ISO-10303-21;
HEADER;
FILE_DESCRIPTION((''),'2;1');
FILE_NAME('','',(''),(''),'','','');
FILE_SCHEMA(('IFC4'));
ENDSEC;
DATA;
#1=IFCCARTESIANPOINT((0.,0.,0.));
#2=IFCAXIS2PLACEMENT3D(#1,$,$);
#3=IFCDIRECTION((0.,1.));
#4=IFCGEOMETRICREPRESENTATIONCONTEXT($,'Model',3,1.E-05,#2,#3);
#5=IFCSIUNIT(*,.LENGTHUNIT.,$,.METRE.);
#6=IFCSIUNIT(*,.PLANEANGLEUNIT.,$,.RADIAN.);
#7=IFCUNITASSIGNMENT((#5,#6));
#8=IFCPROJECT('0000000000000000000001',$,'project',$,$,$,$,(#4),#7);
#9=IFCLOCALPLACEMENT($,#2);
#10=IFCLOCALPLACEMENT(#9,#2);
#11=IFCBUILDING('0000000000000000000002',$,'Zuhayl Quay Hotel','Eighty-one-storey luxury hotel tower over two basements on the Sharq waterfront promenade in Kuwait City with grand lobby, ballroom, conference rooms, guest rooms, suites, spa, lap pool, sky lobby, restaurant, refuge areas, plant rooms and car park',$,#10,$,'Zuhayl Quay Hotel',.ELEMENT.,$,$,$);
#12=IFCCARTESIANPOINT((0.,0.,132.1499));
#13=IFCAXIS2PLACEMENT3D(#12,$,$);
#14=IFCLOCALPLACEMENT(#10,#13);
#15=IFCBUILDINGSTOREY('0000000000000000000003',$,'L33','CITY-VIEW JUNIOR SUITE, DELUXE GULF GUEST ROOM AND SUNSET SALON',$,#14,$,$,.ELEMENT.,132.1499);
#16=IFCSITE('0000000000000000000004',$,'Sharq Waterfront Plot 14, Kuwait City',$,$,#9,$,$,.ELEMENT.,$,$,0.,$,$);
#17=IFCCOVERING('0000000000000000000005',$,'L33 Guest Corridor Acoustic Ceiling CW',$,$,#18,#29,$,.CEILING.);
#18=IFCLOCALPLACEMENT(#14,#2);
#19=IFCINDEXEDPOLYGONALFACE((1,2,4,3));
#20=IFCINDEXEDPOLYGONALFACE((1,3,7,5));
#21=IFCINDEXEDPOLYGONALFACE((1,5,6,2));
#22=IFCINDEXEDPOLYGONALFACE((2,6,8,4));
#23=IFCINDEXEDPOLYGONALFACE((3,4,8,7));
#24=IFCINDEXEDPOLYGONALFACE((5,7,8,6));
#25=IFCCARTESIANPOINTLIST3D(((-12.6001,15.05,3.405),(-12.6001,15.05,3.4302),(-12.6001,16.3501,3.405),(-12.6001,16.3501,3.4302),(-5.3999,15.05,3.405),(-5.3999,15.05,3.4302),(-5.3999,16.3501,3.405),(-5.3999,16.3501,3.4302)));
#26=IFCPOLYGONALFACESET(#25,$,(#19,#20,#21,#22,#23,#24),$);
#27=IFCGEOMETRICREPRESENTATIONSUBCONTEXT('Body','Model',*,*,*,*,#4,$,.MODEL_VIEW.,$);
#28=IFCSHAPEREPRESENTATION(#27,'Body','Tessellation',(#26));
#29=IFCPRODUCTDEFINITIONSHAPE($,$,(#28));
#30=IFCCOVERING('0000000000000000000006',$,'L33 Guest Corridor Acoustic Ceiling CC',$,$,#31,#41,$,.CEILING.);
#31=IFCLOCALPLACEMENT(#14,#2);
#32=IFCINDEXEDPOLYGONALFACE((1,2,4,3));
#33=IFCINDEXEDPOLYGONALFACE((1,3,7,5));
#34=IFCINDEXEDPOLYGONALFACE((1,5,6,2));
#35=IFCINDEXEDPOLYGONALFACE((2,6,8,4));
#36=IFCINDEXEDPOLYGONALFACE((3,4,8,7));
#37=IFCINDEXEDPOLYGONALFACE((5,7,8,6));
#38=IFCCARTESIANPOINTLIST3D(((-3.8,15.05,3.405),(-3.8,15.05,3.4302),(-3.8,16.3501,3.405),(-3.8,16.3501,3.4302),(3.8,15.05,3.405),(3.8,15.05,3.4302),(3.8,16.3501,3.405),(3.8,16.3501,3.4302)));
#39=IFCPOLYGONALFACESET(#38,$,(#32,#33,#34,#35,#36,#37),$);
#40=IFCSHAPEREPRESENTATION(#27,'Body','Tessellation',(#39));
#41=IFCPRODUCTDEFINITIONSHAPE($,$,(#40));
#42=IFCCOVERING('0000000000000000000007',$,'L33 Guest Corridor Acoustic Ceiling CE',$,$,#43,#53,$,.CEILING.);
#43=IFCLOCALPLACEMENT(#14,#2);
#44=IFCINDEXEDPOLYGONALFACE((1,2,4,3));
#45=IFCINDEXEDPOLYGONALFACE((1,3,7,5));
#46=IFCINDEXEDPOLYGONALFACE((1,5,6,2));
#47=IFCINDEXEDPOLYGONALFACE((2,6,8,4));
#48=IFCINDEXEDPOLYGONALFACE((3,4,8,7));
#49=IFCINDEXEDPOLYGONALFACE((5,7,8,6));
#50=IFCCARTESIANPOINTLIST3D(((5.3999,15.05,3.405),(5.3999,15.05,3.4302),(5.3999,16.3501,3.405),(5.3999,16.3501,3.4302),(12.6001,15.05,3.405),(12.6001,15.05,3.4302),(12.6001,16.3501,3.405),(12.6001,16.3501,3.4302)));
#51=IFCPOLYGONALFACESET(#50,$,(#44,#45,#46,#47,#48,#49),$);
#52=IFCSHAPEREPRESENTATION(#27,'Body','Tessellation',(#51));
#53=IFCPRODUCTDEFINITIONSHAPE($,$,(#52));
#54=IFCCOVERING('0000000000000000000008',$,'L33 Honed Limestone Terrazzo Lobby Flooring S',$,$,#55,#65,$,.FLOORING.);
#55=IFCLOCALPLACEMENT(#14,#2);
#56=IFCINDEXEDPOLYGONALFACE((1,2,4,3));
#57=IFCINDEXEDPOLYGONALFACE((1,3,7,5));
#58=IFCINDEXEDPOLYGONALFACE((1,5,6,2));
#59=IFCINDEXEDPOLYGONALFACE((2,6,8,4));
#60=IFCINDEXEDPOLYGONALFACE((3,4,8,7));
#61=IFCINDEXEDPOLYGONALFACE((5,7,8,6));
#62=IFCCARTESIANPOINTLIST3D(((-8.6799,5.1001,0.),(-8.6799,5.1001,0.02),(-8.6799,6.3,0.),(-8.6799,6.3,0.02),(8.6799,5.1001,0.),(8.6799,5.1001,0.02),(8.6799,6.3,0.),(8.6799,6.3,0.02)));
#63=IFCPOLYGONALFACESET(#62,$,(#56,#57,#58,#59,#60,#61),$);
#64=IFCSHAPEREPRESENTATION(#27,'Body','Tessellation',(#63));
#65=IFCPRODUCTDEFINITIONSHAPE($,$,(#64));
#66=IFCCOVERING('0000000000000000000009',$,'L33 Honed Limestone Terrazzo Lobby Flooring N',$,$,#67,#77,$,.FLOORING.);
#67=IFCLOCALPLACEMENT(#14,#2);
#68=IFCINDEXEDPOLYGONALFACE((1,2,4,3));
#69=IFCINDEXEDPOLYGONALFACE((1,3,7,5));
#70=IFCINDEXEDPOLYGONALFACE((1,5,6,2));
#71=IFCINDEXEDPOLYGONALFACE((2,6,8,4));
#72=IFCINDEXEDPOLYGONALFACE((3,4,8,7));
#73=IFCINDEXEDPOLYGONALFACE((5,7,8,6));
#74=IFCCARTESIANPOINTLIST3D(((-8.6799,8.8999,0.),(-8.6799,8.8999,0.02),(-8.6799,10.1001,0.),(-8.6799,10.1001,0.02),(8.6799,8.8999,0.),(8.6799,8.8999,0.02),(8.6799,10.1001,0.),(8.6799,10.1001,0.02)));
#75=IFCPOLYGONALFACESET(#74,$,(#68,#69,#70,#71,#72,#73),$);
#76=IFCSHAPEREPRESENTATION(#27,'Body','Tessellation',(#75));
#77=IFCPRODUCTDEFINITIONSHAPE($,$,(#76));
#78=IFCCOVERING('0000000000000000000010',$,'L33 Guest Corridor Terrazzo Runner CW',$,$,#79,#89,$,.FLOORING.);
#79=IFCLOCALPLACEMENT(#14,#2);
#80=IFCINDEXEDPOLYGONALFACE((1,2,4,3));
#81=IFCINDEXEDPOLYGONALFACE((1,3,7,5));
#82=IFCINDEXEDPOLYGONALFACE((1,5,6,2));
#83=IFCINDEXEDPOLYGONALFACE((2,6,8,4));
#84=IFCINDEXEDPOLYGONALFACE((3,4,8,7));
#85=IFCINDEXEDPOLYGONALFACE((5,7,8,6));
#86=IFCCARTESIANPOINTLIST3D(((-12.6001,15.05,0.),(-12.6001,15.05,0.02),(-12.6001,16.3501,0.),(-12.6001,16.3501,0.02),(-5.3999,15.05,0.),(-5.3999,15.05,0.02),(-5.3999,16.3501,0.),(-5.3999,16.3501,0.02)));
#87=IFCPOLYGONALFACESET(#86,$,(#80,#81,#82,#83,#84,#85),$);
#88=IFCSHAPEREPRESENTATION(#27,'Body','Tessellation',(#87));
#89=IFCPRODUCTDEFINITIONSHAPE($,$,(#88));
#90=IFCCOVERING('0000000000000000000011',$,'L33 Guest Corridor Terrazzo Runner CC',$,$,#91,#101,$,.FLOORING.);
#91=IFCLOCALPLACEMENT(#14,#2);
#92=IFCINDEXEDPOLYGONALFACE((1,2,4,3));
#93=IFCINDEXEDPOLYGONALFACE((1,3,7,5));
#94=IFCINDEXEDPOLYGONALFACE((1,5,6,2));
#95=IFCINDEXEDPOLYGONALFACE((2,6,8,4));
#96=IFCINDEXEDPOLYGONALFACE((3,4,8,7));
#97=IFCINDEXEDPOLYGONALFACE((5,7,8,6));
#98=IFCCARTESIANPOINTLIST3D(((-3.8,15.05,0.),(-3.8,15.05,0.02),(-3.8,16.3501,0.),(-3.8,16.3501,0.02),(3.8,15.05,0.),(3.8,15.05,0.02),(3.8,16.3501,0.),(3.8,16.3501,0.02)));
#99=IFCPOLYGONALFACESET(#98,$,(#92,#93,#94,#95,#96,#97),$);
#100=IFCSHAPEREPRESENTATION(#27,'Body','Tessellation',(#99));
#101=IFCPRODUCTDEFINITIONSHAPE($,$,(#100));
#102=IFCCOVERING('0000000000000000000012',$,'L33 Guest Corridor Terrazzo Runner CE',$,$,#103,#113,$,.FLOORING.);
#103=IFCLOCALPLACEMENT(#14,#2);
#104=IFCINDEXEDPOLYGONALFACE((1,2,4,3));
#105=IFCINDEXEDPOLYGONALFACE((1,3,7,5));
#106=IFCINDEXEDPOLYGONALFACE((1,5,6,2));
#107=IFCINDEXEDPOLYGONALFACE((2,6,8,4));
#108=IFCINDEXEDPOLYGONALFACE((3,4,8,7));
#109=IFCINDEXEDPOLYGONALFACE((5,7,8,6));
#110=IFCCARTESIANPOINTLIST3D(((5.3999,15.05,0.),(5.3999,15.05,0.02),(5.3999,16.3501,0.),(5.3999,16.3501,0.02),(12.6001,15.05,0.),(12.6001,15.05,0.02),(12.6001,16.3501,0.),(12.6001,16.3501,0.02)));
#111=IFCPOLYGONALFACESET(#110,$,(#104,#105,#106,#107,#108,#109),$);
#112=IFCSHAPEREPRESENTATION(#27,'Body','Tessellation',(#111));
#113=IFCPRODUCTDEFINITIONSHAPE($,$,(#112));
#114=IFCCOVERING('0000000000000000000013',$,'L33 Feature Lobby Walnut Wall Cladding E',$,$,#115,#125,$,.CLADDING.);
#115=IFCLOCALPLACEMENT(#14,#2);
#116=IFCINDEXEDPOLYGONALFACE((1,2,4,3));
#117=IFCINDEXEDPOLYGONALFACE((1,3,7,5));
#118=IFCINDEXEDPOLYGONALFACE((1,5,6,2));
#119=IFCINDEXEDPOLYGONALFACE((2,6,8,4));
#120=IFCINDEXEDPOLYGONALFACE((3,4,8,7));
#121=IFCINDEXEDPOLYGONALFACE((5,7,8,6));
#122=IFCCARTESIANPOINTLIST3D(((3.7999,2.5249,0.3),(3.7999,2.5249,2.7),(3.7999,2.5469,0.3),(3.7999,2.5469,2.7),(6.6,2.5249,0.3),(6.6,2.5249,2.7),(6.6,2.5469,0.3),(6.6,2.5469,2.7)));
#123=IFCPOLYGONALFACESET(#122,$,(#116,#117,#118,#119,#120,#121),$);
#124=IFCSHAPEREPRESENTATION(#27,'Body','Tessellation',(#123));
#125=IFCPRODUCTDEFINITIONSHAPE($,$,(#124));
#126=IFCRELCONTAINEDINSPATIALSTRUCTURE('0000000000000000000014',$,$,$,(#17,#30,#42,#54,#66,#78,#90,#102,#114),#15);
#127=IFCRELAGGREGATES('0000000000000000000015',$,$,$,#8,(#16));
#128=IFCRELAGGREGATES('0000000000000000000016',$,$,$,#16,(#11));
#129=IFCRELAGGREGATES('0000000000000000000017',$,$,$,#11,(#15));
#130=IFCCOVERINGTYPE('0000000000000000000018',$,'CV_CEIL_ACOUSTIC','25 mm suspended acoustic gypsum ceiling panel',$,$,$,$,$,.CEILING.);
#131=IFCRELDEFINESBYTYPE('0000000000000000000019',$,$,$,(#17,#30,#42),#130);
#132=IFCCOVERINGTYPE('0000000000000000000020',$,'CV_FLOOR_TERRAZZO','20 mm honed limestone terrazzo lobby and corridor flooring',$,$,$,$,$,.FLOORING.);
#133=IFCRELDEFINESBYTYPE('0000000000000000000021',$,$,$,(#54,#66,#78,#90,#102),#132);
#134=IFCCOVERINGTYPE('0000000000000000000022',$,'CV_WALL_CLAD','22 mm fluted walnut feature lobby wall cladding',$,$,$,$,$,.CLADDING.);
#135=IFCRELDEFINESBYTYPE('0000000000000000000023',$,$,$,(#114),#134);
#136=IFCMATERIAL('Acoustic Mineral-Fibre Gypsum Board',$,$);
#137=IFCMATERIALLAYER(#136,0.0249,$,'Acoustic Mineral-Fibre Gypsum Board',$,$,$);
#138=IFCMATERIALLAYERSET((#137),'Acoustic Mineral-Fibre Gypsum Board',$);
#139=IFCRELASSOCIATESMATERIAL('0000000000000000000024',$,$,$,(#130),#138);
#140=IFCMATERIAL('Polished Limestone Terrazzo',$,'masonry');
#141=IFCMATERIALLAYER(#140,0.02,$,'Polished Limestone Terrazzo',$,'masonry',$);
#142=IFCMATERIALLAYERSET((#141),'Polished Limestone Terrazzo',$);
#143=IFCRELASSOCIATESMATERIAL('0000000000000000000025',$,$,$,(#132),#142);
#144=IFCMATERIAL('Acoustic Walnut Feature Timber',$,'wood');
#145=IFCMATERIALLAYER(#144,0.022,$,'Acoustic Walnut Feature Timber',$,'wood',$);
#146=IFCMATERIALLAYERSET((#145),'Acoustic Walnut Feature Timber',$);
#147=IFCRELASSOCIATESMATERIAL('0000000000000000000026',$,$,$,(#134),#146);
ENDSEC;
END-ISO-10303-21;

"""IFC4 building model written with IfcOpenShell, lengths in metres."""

from ifc_helpers import new_model, si_unit, direction, frame, origin, origin_2d, place, context, subcontext, project, spatial, polyline, rectangle, outline, extrude, material, layer, layer_set, type_object, element, save


model = new_model("IFC4")

# Units and contexts
model_context = context("Model", 3, precision=1e-05, world=origin(), true_north=direction((0.0, 1.0)))
body_context = subcontext(model_context, "Body", "Model", "MODEL_VIEW")
ifc_project = project(units=[si_unit("LENGTHUNIT", "METRE"), si_unit("PLANEANGLEUNIT", "RADIAN")], contexts=[model_context])

# Site, building, storey
site_placement = place(None, origin())
site = spatial("IfcSite", under=ifc_project, at=site_placement, Name="Sharq Waterfront Plot 14, Kuwait City", CompositionType="ELEMENT", RefElevation=0.0)
building_placement = place(site_placement, origin())
building = spatial("IfcBuilding", under=site, at=building_placement, Name="Zuhayl Quay Hotel", Description="Eighty-one-storey luxury hotel tower over two basements on the Sharq waterfront promenade in Kuwait City with grand lobby, ballroom, conference rooms, guest rooms, suites, spa, lap pool, sky lobby, restaurant, refuge areas, plant rooms and car park", LongName="Zuhayl Quay Hotel", CompositionType="ELEMENT")
storey_placement = place(building_placement, frame((0.0, 0.0, 132.1499)))
storey = spatial("IfcBuildingStorey", under=building, at=storey_placement, Name="L33", Description="CITY-VIEW JUNIOR SUITE, DELUXE GULF GUEST ROOM AND SUNSET SALON", CompositionType="ELEMENT", Elevation=132.1499)

# Coverings
ifc_material_1 = material(Name="Acoustic Mineral-Fibre Gypsum Board")
ifc_layer_1 = layer(ifc_material_1, 0.0249, Name="Acoustic Mineral-Fibre Gypsum Board")
ifc_layer_set_1 = layer_set([ifc_layer_1], Name="Acoustic Mineral-Fibre Gypsum Board")
covering_type_1 = type_object("IfcCoveringType", Name="CV_CEIL_ACOUSTIC", Description="25 mm suspended acoustic gypsum ceiling panel", PredefinedType="CEILING", material=ifc_layer_set_1)
covering_1_placement = place(storey_placement, frame((0.0, 0.0, 3.405)))
element("IfcCovering", 1, at=covering_1_placement, inside=storey, type_object=covering_type_1, Name="L33 Guest Corridor Acoustic Ceiling CW", PredefinedType="CEILING", context=body_context, shape_type="SweptSolid", body=[
    extrude(outline(polyline([(-12.6001, 15.05), (-5.3999, 15.05), (-5.3999, 16.3501), (-12.6001, 16.3501), (-12.6001, 15.05)])), origin(), (0.0, 0.0, 1.0), 0.0251),
])
covering_2_placement = place(storey_placement, frame((0.0, 0.0, 3.405)))
element("IfcCovering", 2, at=covering_2_placement, inside=storey, type_object=covering_type_1, Name="L33 Guest Corridor Acoustic Ceiling CC", PredefinedType="CEILING", context=body_context, shape_type="SweptSolid", body=[
    extrude(outline(polyline([(-3.8, 15.05), (3.8, 15.05), (3.8, 16.3501), (-3.8, 16.3501), (-3.8, 15.05)])), origin(), (0.0, 0.0, 1.0), 0.0251),
])
covering_3_placement = place(storey_placement, frame((0.0, 0.0, 3.405)))
element("IfcCovering", 3, at=covering_3_placement, inside=storey, type_object=covering_type_1, Name="L33 Guest Corridor Acoustic Ceiling CE", PredefinedType="CEILING", context=body_context, shape_type="SweptSolid", body=[
    extrude(outline(polyline([(5.3999, 15.05), (12.6001, 15.05), (12.6001, 16.3501), (5.3999, 16.3501), (5.3999, 15.05)])), origin(), (0.0, 0.0, 1.0), 0.0251),
])
ifc_material_2 = material(Name="Polished Limestone Terrazzo", Category="masonry")
ifc_layer_2 = layer(ifc_material_2, 0.02, Name="Polished Limestone Terrazzo", Category="masonry")
ifc_layer_set_2 = layer_set([ifc_layer_2], Name="Polished Limestone Terrazzo")
covering_type_2 = type_object("IfcCoveringType", Name="CV_FLOOR_TERRAZZO", Description="20 mm honed limestone terrazzo lobby and corridor flooring", PredefinedType="FLOORING", material=ifc_layer_set_2)
covering_4_placement = place(storey_placement, origin())
element("IfcCovering", 4, at=covering_4_placement, inside=storey, type_object=covering_type_2, Name="L33 Honed Limestone Terrazzo Lobby Flooring S", PredefinedType="FLOORING", context=body_context, shape_type="SweptSolid", body=[
    extrude(outline(polyline([(-8.6799, 5.1001), (8.6799, 5.1001), (8.6799, 6.3), (-8.6799, 6.3), (-8.6799, 5.1001)])), origin(), (0.0, 0.0, 1.0), 0.02),
])
covering_5_placement = place(storey_placement, origin())
element("IfcCovering", 5, at=covering_5_placement, inside=storey, type_object=covering_type_2, Name="L33 Honed Limestone Terrazzo Lobby Flooring N", PredefinedType="FLOORING", context=body_context, shape_type="SweptSolid", body=[
    extrude(outline(polyline([(-8.6799, 8.8999), (8.6799, 8.8999), (8.6799, 10.1001), (-8.6799, 10.1001), (-8.6799, 8.8999)])), origin(), (0.0, 0.0, 1.0), 0.02),
])
covering_6_placement = place(storey_placement, origin())
element("IfcCovering", 6, at=covering_6_placement, inside=storey, type_object=covering_type_2, Name="L33 Guest Corridor Terrazzo Runner CW", PredefinedType="FLOORING", context=body_context, shape_type="SweptSolid", body=[
    extrude(outline(polyline([(-12.6001, 15.05), (-5.3999, 15.05), (-5.3999, 16.3501), (-12.6001, 16.3501), (-12.6001, 15.05)])), origin(), (0.0, 0.0, 1.0), 0.02),
])
covering_7_placement = place(storey_placement, origin())
element("IfcCovering", 7, at=covering_7_placement, inside=storey, type_object=covering_type_2, Name="L33 Guest Corridor Terrazzo Runner CC", PredefinedType="FLOORING", context=body_context, shape_type="SweptSolid", body=[
    extrude(outline(polyline([(-3.8, 15.05), (3.8, 15.05), (3.8, 16.3501), (-3.8, 16.3501), (-3.8, 15.05)])), origin(), (0.0, 0.0, 1.0), 0.02),
])
covering_8_placement = place(storey_placement, origin())
element("IfcCovering", 8, at=covering_8_placement, inside=storey, type_object=covering_type_2, Name="L33 Guest Corridor Terrazzo Runner CE", PredefinedType="FLOORING", context=body_context, shape_type="SweptSolid", body=[
    extrude(outline(polyline([(5.3999, 15.05), (12.6001, 15.05), (12.6001, 16.3501), (5.3999, 16.3501), (5.3999, 15.05)])), origin(), (0.0, 0.0, 1.0), 0.02),
])
ifc_material_3 = material(Name="Acoustic Walnut Feature Timber", Category="wood")
ifc_layer_3 = layer(ifc_material_3, 0.022, Name="Acoustic Walnut Feature Timber", Category="wood")
ifc_layer_set_3 = layer_set([ifc_layer_3], Name="Acoustic Walnut Feature Timber")
covering_type_3 = type_object("IfcCoveringType", Name="CV_WALL_CLAD", Description="22 mm fluted walnut feature lobby wall cladding", PredefinedType="CLADDING", material=ifc_layer_set_3)
covering_9_placement = place(storey_placement, frame((5.2, 2.5359, 0.3), z_axis=(0.0, 0.0, 1.0), x_axis=(1.0, 0.0, 0.0)))
element("IfcCovering", 9, at=covering_9_placement, inside=storey, type_object=covering_type_3, Name="L33 Feature Lobby Walnut Wall Cladding E", PredefinedType="CLADDING", context=body_context, shape_type="SweptSolid", body=[
    extrude(rectangle(XDim=2.8, YDim=0.022, at=origin_2d()), origin(), (0.0, 0.0, 1.0), 2.3999),
])

save(model, "model.ifc")
